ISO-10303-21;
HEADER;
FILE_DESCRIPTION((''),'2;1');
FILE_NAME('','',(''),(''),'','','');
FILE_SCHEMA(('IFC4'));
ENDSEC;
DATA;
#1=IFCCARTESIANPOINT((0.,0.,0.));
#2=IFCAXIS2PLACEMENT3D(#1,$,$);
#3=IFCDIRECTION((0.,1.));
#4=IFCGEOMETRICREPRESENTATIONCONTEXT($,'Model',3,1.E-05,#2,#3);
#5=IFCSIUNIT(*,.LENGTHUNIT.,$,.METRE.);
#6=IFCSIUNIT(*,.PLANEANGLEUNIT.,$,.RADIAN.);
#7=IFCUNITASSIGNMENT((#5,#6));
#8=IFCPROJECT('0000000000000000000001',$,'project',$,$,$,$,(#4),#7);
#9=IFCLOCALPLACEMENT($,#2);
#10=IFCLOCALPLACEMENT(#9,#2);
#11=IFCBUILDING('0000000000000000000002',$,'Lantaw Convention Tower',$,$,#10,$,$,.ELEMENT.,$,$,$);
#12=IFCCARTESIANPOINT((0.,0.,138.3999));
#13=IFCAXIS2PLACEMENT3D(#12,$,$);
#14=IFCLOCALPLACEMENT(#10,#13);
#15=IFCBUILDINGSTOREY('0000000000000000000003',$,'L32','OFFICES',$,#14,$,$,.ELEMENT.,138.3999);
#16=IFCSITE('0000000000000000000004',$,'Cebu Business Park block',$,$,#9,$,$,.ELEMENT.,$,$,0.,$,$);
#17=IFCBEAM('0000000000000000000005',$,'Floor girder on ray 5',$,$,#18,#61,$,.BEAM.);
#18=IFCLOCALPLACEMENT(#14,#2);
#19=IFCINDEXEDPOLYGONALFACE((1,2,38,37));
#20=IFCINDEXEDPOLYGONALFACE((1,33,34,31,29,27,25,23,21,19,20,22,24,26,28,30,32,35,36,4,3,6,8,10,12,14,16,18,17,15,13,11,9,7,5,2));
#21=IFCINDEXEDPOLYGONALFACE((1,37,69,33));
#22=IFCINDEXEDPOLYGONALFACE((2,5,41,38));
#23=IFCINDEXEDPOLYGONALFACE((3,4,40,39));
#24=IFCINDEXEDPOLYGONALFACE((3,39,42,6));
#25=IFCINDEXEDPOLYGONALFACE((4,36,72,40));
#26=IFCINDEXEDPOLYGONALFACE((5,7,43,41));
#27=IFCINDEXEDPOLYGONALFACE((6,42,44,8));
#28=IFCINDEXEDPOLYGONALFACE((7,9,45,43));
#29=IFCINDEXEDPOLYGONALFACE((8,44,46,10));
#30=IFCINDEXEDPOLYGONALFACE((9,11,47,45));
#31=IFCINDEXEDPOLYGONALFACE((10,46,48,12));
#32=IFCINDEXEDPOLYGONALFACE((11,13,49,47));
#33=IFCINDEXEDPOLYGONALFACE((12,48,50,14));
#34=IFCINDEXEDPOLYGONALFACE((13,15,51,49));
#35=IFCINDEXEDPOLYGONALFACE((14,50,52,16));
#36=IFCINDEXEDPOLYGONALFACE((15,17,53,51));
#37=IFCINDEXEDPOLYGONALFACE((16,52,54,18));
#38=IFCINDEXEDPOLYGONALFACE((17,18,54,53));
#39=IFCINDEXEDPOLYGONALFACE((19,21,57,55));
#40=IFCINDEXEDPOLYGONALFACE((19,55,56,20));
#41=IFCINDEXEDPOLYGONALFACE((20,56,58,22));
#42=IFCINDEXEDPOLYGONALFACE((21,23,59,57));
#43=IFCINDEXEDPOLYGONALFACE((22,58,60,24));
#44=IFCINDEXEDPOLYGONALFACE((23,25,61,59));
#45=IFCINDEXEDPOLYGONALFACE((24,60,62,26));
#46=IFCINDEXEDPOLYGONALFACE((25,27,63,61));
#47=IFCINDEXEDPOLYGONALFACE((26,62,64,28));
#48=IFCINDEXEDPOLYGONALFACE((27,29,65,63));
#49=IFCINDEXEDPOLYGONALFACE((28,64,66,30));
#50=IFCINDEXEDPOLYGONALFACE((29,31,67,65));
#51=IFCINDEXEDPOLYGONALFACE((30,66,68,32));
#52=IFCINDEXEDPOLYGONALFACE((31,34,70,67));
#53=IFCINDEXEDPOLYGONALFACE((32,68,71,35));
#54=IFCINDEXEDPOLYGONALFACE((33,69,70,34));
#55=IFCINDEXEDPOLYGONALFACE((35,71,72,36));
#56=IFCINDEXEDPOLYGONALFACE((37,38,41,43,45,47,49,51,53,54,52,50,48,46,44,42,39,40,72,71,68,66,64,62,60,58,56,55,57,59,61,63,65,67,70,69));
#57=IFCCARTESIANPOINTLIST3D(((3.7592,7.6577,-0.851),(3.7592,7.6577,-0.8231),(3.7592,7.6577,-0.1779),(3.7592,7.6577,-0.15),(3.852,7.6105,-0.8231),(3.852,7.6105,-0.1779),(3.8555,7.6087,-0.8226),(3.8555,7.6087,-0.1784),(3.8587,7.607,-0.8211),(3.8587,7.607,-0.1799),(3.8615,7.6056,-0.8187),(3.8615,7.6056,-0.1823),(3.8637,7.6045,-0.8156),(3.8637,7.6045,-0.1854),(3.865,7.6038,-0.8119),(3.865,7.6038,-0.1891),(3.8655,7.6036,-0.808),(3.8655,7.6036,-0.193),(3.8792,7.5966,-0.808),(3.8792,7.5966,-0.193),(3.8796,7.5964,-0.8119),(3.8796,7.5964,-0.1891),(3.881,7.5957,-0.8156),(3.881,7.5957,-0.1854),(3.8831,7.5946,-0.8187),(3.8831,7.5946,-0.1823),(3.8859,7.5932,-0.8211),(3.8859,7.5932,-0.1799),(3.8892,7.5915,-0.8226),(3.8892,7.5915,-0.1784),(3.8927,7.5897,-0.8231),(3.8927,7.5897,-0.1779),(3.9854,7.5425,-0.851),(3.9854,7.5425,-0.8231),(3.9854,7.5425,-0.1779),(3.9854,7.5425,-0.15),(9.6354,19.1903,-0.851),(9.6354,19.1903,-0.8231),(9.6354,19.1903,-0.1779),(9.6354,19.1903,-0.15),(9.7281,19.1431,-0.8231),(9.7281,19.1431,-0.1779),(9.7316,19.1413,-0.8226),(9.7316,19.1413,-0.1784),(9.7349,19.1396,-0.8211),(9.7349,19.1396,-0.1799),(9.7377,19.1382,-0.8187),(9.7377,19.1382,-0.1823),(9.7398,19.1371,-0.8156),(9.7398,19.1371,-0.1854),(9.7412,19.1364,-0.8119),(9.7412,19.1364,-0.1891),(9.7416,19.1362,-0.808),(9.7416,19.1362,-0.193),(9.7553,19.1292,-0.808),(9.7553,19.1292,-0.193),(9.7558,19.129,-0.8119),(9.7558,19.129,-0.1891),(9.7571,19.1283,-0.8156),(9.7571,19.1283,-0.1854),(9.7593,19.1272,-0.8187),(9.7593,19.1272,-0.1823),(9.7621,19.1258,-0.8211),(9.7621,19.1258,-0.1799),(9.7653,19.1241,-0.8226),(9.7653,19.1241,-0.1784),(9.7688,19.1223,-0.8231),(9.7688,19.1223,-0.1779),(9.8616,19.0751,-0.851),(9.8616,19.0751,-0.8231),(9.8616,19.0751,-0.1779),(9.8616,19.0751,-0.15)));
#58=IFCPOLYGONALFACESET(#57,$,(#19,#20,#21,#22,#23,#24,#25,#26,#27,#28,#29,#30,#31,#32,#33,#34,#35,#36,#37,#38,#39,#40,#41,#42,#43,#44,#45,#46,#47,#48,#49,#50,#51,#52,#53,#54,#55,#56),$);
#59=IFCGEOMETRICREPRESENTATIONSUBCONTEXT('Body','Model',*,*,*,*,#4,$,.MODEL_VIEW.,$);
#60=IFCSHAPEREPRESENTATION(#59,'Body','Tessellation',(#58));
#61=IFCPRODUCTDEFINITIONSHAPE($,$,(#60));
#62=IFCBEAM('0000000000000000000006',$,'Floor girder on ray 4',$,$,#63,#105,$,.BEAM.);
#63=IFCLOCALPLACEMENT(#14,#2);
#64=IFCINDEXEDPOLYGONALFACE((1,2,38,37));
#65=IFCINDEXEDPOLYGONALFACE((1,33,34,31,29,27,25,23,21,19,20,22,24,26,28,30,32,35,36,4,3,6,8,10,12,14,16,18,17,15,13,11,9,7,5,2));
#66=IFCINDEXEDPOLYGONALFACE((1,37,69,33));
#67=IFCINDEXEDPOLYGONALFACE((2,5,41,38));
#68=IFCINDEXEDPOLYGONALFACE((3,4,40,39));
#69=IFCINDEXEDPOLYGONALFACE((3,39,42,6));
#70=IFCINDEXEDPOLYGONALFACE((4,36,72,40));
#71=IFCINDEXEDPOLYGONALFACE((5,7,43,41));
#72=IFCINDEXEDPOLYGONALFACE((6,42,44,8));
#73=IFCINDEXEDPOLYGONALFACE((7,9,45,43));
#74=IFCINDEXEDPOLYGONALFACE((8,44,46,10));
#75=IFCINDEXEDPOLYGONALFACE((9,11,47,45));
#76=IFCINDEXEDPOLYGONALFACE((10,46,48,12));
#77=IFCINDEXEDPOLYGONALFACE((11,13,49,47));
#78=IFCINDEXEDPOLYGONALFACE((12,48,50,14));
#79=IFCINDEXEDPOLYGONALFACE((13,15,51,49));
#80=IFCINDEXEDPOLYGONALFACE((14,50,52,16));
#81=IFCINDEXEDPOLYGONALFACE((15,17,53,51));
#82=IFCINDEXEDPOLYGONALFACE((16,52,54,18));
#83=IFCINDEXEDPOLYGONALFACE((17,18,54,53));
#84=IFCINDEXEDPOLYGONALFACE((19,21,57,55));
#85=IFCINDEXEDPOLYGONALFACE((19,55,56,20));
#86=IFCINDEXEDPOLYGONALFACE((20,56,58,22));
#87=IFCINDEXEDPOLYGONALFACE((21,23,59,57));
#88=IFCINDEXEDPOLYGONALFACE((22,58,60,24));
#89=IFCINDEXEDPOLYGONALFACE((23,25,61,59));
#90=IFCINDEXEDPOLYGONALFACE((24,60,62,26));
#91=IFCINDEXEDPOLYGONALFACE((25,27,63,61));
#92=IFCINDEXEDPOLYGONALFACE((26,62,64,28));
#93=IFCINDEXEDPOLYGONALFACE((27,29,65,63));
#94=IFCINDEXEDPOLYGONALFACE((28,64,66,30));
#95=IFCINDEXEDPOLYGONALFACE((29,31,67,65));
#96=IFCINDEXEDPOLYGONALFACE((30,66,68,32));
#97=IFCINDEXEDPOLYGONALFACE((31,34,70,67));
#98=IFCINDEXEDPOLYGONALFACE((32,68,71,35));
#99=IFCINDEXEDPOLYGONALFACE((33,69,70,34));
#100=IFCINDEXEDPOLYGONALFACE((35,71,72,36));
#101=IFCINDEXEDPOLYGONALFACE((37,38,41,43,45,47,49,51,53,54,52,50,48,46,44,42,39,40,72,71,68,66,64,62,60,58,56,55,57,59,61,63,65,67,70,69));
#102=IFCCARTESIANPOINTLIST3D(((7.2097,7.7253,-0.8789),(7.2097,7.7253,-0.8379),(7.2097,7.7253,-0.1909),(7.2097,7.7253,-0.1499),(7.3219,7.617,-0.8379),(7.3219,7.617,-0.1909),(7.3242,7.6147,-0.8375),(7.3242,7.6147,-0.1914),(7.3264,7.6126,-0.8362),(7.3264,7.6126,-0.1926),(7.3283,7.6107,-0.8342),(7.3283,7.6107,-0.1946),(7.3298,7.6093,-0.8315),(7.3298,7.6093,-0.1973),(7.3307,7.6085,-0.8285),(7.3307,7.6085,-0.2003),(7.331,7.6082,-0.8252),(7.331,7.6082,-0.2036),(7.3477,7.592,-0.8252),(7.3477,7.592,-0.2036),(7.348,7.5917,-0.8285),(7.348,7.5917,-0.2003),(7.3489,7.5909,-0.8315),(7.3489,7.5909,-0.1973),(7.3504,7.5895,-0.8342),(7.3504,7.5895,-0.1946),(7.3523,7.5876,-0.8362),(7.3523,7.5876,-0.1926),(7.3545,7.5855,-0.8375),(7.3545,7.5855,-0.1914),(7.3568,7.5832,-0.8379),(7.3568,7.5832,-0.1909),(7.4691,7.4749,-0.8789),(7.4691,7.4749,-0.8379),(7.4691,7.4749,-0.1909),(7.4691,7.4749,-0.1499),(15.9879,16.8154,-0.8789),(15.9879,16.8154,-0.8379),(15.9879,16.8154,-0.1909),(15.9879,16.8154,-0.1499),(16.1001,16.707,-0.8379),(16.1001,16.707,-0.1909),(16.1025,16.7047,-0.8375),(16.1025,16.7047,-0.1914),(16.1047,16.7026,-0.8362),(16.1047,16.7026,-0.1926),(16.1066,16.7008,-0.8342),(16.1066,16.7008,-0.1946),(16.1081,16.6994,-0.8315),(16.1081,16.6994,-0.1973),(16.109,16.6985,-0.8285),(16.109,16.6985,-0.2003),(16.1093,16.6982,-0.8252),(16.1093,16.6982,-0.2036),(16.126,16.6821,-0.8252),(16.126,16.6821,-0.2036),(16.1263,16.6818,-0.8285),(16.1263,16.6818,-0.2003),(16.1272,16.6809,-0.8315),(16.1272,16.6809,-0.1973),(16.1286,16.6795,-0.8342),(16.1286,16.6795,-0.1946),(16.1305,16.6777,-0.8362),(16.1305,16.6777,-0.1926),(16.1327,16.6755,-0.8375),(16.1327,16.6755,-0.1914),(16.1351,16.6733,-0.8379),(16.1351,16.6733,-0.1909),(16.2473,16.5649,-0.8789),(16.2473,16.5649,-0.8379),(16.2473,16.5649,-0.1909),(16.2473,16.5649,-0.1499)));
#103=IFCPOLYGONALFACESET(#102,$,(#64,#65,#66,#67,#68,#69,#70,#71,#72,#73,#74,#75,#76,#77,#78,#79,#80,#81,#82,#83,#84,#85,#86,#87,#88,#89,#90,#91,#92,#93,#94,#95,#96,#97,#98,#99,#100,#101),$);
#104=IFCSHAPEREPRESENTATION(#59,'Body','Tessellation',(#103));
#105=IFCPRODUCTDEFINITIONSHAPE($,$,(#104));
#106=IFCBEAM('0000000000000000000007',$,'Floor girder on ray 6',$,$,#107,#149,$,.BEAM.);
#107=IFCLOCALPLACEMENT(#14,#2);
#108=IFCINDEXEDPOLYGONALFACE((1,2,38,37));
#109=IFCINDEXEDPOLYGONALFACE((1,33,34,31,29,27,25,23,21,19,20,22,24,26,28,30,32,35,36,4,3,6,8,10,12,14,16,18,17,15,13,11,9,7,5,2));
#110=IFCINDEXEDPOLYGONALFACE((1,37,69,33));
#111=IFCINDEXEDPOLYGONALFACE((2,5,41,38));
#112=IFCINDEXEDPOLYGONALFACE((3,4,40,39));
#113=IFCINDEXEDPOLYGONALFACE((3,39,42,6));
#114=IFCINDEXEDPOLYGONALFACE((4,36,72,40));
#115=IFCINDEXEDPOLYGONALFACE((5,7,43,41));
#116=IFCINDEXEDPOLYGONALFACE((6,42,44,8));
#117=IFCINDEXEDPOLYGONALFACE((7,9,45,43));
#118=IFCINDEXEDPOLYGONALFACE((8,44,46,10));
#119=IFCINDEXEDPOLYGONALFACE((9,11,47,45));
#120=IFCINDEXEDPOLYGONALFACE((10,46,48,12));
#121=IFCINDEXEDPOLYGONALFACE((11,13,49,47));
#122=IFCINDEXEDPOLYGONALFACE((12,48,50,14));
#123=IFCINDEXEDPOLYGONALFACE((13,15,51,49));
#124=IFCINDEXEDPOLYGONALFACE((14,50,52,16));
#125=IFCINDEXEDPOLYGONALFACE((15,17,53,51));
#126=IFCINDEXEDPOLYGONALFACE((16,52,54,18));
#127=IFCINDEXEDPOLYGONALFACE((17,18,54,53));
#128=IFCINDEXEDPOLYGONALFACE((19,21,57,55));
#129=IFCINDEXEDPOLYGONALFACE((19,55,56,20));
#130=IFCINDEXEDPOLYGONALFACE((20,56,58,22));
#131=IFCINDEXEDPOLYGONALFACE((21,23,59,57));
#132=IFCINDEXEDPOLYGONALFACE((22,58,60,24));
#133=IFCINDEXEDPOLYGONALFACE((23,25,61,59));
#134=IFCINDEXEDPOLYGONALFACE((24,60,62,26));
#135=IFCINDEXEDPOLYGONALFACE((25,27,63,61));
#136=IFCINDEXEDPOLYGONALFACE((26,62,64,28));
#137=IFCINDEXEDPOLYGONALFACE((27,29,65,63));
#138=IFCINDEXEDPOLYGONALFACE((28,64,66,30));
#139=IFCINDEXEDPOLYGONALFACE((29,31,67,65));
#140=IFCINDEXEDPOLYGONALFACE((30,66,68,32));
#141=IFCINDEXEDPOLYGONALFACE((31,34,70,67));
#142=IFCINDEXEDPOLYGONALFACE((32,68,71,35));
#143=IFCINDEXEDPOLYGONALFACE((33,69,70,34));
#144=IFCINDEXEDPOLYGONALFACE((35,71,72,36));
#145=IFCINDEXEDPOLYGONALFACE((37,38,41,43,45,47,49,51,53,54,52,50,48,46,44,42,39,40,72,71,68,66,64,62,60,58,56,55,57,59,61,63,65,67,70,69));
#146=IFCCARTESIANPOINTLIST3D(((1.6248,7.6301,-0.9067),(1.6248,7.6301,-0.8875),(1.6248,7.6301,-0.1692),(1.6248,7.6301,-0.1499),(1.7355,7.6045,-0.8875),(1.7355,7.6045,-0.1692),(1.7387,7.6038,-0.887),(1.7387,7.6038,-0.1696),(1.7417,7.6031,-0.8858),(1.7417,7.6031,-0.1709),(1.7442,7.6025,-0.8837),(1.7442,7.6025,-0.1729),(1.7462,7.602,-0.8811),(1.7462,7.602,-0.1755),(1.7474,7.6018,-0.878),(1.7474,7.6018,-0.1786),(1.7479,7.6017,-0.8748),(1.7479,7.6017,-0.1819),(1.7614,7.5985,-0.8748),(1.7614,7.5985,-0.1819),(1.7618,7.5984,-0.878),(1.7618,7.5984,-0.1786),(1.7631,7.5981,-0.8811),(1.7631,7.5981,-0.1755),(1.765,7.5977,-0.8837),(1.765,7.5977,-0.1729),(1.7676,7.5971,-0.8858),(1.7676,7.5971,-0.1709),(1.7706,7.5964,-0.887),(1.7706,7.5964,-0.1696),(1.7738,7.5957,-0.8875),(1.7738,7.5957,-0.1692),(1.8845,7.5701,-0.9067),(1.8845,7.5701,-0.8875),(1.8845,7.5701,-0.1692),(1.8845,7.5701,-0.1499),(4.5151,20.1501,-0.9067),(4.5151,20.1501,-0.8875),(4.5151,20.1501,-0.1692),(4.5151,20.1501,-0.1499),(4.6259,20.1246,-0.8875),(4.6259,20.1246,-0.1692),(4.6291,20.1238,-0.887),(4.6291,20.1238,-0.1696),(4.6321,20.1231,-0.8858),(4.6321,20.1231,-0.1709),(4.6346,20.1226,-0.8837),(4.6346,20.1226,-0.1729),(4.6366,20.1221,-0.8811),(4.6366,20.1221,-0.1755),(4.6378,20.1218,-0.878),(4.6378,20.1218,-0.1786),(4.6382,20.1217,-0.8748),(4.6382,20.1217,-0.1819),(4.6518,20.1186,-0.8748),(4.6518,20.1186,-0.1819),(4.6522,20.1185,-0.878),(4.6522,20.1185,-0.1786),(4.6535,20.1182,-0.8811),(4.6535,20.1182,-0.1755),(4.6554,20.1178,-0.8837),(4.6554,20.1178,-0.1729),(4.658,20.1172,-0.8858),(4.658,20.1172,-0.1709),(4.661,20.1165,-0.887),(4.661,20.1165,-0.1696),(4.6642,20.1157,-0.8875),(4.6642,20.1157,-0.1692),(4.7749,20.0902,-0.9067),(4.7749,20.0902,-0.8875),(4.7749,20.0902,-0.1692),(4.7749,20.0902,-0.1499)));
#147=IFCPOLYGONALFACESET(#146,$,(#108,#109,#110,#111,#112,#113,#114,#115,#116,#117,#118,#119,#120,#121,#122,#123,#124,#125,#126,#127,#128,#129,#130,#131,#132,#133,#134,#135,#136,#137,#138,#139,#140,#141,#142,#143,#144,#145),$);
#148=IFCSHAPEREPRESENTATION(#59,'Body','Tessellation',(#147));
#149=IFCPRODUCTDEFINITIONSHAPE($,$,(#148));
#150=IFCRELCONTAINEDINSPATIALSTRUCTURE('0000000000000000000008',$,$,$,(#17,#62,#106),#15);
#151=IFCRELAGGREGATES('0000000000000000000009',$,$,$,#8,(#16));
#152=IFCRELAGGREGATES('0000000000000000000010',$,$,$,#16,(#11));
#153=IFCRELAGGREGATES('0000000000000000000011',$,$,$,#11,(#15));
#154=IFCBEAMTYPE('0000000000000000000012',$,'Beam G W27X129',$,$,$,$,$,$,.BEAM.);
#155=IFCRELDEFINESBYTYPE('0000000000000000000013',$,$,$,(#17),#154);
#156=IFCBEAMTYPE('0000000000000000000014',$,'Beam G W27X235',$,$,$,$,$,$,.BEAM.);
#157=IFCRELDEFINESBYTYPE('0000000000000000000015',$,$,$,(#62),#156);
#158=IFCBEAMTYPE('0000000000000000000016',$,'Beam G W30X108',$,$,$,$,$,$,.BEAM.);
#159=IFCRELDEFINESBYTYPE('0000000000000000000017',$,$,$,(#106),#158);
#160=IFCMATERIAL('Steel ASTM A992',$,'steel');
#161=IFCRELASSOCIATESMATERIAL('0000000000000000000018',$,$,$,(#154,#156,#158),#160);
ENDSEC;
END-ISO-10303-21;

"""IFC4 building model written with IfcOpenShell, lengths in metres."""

from ifc_helpers import new_model, si_unit, direction, frame, origin, origin_2d, place, context, subcontext, project, spatial, i_section, extrude, material, material_profile, profile_set, type_object, element, save


model = new_model("IFC4")

# Units and contexts
model_context = context("Model", 3, precision=1e-05, world=origin(), true_north=direction((0.0, 1.0)))
body_context = subcontext(model_context, "Body", "Model", "MODEL_VIEW")
ifc_project = project(units=[si_unit("LENGTHUNIT", "METRE"), si_unit("PLANEANGLEUNIT", "RADIAN")], contexts=[model_context])

# Site, building, storey
site_placement = place(None, origin())
site = spatial("IfcSite", under=ifc_project, at=site_placement, Name="Cebu Business Park block", CompositionType="ELEMENT", RefElevation=0.0)
building_placement = place(site_placement, origin())
building = spatial("IfcBuilding", under=site, at=building_placement, Name="Lantaw Convention Tower", CompositionType="ELEMENT")
storey_placement = place(building_placement, frame((0.0, 0.0, 138.3999)))
storey = spatial("IfcBuildingStorey", under=building, at=storey_placement, Name="L32", Description="OFFICES", CompositionType="ELEMENT", Elevation=138.3999)

# Beams
ifc_material_1 = material(Name="Steel ASTM A992", Category="steel")
ifc_material_profile_1 = material_profile(ifc_material_1, i_section(OverallWidth=0.2539, OverallDepth=0.7009, WebThickness=0.0154, FlangeThickness=0.0278, FilletRadius=0.0151, at=origin_2d()), Name="W27X129")
ifc_profile_set_1 = profile_set([ifc_material_profile_1], Name="Steel ASTM A992")
beam_type_1 = type_object("IfcBeamType", Name="Beam G W27X129", PredefinedType="BEAM", material=ifc_profile_set_1)
beam_1_placement = place(storey_placement, frame((3.8723, 7.6001, -0.5005), z_axis=(0.453991, 0.891006, 0.0), x_axis=(-0.891006, 0.453991, 0.0)))
element("IfcBeam", 1, at=beam_1_placement, inside=storey, type_object=beam_type_1, Name="Floor girder on ray 5", PredefinedType="BEAM", context=body_context, shape_type="SweptSolid", body=[
    extrude(i_section(OverallWidth=0.2539, OverallDepth=0.7009, WebThickness=0.0154, FlangeThickness=0.0278, FilletRadius=0.0151, at=origin_2d()), origin(), (0.0, 0.0, 1.0), 12.9434),
])
ifc_material_profile_2 = material_profile(ifc_material_1, i_section(OverallWidth=0.3606, OverallDepth=0.729, WebThickness=0.0232, FlangeThickness=0.041, FilletRadius=0.0127, at=origin_2d()), Name="W27X235")
ifc_profile_set_2 = profile_set([ifc_material_profile_2], Name="Steel ASTM A992")
beam_type_2 = type_object("IfcBeamType", Name="Beam G W27X235", PredefinedType="BEAM", material=ifc_profile_set_2)
beam_2_placement = place(storey_placement, frame((7.3394, 7.6001, -0.5144), z_axis=(0.694663, 0.719335, 0.0), x_axis=(-0.719335, 0.694663, 0.0)))
element("IfcBeam", 2, at=beam_2_placement, inside=storey, type_object=beam_type_2, Name="Floor girder on ray 4", PredefinedType="BEAM", context=body_context, shape_type="SweptSolid", body=[
    extrude(i_section(OverallWidth=0.3606, OverallDepth=0.729, WebThickness=0.0232, FlangeThickness=0.041, FilletRadius=0.0127, at=origin_2d()), origin(), (0.0, 0.0, 1.0), 12.6367),
])
ifc_material_profile_3 = material_profile(ifc_material_1, i_section(OverallWidth=0.2666, OverallDepth=0.7568, WebThickness=0.0139, FlangeThickness=0.0193, FilletRadius=0.0127, at=origin_2d()), Name="W30X108")
ifc_profile_set_3 = profile_set([ifc_material_profile_3], Name="Steel ASTM A992")
beam_type_3 = type_object("IfcBeamType", Name="Beam G W30X108", PredefinedType="BEAM", material=ifc_profile_set_3)
beam_3_placement = place(storey_placement, frame((1.7546, 7.6001, -0.5283), z_axis=(0.224944, 0.974372, 0.0), x_axis=(-0.974372, 0.224944, 0.0)))
element("IfcBeam", 3, at=beam_3_placement, inside=storey, type_object=beam_type_3, Name="Floor girder on ray 6", PredefinedType="BEAM", context=body_context, shape_type="SweptSolid", body=[
    extrude(i_section(OverallWidth=0.2666, OverallDepth=0.7568, WebThickness=0.0139, FlangeThickness=0.0193, FilletRadius=0.0127, at=origin_2d()), origin(), (0.0, 0.0, 1.0), 12.8494),
])

save(model, "model.ifc")
